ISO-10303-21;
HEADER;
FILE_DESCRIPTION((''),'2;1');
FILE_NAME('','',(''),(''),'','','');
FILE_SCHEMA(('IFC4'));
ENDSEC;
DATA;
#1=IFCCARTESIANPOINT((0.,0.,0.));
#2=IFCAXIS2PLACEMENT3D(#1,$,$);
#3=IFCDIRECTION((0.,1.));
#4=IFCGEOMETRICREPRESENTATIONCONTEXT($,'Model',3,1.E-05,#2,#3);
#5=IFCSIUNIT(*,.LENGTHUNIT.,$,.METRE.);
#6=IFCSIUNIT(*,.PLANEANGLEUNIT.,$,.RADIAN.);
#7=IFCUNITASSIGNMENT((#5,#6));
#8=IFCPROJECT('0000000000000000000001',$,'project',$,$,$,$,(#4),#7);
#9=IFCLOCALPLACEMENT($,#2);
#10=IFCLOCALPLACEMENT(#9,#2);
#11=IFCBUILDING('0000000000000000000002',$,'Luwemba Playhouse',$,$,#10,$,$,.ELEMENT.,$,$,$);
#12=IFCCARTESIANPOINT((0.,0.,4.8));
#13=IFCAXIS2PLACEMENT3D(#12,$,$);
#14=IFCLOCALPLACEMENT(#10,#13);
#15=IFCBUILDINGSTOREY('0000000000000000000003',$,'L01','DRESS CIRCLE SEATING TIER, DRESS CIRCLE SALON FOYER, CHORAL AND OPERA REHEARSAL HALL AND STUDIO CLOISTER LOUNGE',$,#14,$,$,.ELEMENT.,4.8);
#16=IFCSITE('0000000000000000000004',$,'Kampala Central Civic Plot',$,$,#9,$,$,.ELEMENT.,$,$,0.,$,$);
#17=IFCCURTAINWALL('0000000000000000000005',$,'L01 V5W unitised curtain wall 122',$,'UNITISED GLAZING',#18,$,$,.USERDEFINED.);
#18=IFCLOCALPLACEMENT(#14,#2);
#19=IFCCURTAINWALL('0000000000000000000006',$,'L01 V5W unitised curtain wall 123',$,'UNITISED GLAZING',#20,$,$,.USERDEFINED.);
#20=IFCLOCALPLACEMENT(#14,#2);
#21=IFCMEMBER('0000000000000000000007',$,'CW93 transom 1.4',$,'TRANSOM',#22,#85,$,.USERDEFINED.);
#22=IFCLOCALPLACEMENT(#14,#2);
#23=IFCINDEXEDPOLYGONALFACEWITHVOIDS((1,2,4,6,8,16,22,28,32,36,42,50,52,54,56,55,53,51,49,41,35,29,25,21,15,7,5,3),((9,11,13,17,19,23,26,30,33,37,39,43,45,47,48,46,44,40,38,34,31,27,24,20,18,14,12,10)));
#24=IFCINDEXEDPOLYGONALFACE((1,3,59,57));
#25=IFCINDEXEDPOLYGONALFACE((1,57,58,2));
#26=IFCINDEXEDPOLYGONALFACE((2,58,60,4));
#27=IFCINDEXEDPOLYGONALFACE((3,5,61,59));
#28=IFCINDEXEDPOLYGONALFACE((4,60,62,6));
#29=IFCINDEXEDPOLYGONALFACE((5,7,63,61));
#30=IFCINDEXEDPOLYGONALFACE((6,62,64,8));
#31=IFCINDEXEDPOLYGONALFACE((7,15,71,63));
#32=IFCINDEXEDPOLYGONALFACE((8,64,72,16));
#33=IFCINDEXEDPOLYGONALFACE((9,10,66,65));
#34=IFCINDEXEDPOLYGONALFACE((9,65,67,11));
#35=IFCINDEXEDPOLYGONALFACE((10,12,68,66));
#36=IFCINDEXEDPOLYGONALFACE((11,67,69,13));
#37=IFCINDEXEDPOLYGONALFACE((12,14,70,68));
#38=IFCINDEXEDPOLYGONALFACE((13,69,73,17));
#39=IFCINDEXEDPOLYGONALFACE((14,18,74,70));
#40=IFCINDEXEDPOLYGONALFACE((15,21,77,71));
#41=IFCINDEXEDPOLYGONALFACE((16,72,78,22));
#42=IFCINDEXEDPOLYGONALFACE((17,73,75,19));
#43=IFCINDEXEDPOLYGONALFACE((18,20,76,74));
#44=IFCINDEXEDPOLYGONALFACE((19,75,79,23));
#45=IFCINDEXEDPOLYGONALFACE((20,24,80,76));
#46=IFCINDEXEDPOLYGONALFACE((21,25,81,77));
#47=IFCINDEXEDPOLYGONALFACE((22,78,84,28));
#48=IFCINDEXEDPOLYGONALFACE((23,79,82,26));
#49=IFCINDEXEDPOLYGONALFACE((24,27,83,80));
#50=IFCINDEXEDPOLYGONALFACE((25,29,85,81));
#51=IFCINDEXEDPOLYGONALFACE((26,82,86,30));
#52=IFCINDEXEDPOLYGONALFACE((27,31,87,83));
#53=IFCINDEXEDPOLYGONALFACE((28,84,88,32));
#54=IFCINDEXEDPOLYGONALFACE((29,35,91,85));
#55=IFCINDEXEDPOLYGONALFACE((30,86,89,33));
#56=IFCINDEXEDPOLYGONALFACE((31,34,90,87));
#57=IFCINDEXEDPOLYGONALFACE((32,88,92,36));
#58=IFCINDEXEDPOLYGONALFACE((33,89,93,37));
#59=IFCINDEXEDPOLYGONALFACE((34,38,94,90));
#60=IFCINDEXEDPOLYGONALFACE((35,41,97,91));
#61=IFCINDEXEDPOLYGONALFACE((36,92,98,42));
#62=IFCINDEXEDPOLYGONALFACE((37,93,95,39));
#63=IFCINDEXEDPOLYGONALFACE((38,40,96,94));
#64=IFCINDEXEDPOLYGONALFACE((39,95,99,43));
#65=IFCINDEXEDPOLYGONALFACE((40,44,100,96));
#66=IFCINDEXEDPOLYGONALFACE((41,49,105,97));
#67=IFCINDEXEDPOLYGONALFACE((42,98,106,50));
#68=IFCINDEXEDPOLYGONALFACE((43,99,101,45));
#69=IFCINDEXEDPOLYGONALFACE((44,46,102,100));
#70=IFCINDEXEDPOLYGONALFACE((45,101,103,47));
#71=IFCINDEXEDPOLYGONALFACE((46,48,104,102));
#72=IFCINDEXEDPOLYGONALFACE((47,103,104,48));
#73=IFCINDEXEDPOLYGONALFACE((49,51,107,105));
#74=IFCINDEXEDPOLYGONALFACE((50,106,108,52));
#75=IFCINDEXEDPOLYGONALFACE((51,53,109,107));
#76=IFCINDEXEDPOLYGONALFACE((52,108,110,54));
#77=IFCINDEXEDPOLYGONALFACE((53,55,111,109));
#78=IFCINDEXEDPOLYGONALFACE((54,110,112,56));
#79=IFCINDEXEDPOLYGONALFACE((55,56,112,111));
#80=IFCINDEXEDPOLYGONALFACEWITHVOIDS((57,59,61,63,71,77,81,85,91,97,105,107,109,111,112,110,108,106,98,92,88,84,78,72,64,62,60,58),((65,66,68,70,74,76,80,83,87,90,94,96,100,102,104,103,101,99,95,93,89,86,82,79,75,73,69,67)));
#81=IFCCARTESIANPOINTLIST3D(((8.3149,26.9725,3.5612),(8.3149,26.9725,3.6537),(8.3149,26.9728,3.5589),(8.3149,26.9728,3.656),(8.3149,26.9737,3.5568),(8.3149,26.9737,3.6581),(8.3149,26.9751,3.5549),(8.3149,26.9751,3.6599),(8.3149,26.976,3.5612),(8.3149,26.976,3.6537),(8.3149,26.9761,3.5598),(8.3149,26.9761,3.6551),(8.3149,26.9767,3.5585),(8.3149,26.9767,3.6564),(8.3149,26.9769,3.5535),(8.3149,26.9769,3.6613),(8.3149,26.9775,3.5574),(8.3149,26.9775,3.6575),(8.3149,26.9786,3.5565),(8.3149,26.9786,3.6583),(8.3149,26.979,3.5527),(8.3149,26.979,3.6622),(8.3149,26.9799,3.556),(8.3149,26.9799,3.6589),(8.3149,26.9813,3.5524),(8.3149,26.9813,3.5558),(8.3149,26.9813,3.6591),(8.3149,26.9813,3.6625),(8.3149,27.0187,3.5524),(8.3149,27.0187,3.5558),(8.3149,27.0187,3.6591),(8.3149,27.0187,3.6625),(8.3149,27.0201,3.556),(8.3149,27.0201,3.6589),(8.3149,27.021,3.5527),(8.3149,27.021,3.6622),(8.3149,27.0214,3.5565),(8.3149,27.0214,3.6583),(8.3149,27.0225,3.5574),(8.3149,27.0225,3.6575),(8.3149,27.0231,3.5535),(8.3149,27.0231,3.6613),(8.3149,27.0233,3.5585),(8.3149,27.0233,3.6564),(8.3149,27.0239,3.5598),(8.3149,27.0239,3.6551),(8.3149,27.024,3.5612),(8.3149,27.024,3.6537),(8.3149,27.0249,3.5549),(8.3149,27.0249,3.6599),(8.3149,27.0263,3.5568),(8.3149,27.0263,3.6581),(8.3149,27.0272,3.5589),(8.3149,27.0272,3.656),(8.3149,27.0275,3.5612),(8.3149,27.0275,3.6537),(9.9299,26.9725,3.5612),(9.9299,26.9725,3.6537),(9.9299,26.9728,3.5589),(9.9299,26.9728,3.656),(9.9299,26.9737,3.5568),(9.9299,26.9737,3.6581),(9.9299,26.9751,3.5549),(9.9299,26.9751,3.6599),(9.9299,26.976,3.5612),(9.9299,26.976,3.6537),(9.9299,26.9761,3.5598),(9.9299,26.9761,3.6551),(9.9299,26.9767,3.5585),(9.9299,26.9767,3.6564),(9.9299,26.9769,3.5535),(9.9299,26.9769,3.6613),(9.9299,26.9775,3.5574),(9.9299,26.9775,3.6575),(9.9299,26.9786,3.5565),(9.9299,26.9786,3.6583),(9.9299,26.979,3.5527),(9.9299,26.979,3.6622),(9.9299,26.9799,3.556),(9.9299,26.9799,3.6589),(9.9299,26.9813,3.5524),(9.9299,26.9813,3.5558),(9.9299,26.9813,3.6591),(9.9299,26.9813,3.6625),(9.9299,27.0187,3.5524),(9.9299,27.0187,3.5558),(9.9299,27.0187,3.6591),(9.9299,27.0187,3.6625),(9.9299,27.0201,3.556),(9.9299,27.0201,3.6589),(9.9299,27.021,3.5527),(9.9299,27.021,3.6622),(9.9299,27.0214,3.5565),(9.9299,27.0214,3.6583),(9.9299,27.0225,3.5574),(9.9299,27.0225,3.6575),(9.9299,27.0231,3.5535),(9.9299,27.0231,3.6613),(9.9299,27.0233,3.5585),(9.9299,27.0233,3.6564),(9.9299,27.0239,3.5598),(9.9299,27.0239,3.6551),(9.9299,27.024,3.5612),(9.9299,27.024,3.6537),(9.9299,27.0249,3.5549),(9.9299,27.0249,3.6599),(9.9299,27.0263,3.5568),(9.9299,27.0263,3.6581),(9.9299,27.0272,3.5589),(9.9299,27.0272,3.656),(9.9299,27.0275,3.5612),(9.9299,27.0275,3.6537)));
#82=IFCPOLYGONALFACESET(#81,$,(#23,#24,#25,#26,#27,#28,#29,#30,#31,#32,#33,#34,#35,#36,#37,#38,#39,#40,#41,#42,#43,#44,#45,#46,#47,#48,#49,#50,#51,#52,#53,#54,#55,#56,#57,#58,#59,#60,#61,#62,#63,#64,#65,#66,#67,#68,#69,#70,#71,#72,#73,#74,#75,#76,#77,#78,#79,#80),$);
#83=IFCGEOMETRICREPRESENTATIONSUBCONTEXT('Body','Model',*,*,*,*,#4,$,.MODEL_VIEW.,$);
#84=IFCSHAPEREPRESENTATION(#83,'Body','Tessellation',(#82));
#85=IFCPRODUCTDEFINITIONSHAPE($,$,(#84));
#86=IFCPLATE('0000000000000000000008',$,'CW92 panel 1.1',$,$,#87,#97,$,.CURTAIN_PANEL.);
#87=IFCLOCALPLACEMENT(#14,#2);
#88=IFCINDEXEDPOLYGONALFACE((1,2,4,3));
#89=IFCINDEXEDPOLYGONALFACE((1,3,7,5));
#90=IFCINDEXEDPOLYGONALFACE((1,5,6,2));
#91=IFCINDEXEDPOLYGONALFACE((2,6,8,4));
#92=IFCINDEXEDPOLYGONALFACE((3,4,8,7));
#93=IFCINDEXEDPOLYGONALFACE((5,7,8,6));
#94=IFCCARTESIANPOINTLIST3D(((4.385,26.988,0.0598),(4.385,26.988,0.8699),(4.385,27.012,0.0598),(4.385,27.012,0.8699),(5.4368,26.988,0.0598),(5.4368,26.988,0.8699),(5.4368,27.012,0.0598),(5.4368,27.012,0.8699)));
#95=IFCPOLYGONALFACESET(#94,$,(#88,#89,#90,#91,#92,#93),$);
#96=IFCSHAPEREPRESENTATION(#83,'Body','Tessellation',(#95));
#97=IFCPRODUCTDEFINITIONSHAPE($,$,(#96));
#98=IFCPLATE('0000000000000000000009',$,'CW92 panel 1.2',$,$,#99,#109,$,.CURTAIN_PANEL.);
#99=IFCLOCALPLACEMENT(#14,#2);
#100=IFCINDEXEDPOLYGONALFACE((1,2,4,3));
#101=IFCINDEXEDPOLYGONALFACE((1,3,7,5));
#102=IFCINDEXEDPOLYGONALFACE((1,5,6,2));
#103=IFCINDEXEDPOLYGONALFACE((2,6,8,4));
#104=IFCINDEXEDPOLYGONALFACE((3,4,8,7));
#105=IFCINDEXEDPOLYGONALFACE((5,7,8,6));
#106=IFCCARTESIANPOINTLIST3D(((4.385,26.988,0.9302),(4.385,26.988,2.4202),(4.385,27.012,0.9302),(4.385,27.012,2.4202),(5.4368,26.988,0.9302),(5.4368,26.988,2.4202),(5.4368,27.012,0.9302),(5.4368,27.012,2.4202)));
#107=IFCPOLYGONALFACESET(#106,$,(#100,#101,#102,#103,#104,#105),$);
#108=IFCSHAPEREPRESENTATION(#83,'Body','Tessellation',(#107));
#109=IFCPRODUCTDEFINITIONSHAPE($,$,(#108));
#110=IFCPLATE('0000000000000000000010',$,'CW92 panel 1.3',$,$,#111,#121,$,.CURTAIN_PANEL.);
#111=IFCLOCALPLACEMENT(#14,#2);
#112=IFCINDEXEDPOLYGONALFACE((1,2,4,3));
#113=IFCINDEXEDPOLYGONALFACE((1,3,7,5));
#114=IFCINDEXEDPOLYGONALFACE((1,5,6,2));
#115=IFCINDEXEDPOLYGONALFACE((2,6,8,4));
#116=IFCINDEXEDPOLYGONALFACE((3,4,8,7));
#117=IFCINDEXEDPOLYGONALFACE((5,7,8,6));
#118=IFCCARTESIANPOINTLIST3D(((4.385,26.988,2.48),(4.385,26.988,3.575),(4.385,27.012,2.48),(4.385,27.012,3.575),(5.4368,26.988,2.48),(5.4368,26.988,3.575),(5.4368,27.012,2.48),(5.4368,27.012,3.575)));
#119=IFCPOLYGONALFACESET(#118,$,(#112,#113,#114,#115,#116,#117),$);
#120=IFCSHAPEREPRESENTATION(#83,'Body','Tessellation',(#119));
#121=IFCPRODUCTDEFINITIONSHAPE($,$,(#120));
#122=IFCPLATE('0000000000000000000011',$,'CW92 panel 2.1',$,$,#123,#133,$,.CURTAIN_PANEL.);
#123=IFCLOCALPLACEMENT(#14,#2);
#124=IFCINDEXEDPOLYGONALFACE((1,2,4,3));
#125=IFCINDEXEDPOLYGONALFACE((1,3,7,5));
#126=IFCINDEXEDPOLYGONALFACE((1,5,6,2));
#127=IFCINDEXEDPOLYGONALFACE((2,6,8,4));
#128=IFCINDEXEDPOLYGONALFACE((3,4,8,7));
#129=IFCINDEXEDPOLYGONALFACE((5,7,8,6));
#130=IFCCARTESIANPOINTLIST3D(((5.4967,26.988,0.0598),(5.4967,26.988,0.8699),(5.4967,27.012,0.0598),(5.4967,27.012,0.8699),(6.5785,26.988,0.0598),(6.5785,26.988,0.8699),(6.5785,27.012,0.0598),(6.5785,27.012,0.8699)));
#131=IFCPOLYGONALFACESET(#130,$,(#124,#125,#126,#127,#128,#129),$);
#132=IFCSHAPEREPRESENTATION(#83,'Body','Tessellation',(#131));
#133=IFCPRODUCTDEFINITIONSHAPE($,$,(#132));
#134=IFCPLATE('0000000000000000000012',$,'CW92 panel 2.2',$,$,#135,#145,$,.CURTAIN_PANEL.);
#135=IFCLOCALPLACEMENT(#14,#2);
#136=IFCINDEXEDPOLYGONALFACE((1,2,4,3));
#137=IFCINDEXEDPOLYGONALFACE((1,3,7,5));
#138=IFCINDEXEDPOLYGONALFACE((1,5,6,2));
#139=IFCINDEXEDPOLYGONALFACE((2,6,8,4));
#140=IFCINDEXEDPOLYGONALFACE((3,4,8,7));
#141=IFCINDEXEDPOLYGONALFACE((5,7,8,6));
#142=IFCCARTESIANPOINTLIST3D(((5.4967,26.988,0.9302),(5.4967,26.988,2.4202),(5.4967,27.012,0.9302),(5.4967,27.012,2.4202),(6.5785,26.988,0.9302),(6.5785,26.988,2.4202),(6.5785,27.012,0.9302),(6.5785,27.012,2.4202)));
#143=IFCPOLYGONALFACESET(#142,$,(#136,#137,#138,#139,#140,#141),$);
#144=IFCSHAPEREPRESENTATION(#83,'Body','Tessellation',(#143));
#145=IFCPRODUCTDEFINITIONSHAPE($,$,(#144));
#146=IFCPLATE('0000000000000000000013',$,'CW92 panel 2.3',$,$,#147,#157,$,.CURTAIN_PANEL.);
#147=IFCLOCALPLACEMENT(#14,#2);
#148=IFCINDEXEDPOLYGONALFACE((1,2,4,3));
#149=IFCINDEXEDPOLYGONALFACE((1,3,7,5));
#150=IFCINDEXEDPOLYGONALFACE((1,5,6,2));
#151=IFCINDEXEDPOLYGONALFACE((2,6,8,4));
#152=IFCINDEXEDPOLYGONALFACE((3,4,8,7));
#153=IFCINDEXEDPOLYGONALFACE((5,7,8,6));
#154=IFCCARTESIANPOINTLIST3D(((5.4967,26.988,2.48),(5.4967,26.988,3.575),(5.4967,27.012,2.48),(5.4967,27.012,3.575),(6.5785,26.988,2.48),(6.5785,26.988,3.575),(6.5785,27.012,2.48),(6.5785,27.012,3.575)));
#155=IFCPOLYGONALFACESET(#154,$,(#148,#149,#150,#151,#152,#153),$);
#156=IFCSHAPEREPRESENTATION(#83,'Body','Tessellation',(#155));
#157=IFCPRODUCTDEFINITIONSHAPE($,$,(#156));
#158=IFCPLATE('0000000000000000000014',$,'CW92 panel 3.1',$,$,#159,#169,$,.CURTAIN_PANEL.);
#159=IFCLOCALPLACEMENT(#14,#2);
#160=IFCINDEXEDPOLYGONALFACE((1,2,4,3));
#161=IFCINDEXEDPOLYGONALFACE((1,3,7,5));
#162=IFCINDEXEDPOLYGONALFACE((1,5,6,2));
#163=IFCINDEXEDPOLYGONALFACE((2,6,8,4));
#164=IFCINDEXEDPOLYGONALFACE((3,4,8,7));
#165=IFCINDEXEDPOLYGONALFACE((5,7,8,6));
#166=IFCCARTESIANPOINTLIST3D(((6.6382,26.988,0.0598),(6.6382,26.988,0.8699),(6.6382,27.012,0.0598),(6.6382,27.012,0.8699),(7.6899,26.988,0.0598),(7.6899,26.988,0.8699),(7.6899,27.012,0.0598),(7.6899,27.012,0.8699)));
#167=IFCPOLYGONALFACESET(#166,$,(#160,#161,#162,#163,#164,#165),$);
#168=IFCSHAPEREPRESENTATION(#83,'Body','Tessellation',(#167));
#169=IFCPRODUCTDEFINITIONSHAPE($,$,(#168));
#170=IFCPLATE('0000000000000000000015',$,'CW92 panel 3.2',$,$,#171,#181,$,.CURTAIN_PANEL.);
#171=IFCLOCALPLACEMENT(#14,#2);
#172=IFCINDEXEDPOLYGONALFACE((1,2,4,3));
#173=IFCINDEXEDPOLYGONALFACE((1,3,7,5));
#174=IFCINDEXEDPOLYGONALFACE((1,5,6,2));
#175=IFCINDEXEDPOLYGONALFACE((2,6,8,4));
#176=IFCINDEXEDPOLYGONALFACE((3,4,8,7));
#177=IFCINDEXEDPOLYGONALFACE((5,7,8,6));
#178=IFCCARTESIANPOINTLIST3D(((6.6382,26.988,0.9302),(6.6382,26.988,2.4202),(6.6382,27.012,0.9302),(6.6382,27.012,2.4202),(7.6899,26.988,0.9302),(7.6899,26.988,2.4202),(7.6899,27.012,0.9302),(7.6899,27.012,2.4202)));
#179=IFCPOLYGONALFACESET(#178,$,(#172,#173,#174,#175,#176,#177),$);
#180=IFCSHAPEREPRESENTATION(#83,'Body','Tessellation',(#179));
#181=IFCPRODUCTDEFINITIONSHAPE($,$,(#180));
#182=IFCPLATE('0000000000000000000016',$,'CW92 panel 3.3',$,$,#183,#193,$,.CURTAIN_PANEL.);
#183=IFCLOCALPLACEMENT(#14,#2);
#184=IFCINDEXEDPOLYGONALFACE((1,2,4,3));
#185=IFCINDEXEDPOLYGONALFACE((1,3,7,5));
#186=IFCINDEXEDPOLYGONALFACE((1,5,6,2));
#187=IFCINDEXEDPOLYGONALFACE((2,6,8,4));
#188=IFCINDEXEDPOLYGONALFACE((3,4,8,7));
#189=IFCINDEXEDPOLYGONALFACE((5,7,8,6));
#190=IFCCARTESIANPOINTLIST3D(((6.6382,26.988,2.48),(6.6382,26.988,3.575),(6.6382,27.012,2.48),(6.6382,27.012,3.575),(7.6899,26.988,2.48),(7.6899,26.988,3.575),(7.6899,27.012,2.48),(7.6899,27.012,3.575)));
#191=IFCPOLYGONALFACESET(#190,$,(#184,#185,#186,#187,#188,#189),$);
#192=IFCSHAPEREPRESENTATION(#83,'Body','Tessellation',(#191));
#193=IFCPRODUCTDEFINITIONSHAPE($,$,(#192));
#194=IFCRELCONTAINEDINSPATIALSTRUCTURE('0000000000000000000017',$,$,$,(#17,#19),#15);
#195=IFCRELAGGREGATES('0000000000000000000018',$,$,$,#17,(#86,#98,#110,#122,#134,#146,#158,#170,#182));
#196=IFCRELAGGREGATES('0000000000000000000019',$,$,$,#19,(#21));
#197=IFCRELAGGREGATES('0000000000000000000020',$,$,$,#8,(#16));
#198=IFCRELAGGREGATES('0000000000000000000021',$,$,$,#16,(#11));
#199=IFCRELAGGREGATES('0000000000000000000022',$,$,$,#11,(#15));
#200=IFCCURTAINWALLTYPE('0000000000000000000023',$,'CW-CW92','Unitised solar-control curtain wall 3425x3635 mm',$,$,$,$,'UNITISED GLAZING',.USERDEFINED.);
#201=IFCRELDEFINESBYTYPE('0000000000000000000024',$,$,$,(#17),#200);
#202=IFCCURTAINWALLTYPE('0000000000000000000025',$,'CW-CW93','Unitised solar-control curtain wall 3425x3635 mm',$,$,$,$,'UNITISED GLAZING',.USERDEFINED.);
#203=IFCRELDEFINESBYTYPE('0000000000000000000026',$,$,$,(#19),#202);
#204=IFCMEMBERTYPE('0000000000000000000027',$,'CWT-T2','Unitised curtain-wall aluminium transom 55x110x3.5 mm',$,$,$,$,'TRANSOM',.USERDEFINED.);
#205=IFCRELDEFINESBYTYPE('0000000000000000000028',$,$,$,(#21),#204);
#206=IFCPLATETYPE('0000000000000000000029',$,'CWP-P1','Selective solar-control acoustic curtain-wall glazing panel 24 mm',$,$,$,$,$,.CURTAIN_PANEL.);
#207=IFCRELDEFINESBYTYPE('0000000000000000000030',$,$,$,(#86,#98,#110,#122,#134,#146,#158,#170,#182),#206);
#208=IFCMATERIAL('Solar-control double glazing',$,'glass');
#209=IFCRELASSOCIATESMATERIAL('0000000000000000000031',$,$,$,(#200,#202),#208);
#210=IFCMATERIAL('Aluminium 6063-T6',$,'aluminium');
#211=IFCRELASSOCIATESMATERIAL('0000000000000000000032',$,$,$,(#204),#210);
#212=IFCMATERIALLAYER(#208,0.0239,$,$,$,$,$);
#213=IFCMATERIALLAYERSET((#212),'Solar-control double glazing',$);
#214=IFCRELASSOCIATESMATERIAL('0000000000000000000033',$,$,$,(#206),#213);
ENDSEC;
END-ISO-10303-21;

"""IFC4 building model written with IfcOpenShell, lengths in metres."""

from ifc_helpers import new_model, si_unit, direction, frame, origin, origin_2d, place, context, subcontext, project, spatial, rectangle, hollow_rectangle, extrude, material, layer, layer_set, material_profile, profile_set, type_object, element, aggregate, save


model = new_model("IFC4")

# Units and contexts
model_context = context("Model", 3, precision=1e-05, world=origin(), true_north=direction((0.0, 1.0)))
body_context = subcontext(model_context, "Body", "Model", "MODEL_VIEW")
ifc_project = project(units=[si_unit("LENGTHUNIT", "METRE"), si_unit("PLANEANGLEUNIT", "RADIAN")], contexts=[model_context])

# Site, building, storey
site_placement = place(None, origin())
site = spatial("IfcSite", under=ifc_project, at=site_placement, Name="Kampala Central Civic Plot", CompositionType="ELEMENT", RefElevation=0.0)
building_placement = place(site_placement, origin())
building = spatial("IfcBuilding", under=site, at=building_placement, Name="Luwemba Playhouse", CompositionType="ELEMENT")
storey_placement = place(building_placement, frame((0.0, 0.0, 4.8)))
storey = spatial("IfcBuildingStorey", under=building, at=storey_placement, Name="L01", Description="DRESS CIRCLE SEATING TIER, DRESS CIRCLE SALON FOYER, CHORAL AND OPERA REHEARSAL HALL AND STUDIO CLOISTER LOUNGE", CompositionType="ELEMENT", Elevation=4.8)

# Curtain wall
ifc_material_1 = material(Name="Solar-control double glazing", Category="glass")
curtain_wall_type_1 = type_object("IfcCurtainWallType", Name="CW-CW92", Description="Unitised solar-control curtain wall 3425x3635 mm", ElementType="UNITISED GLAZING", PredefinedType="USERDEFINED", material=ifc_material_1)
curtain_wall_1_placement = place(storey_placement, origin())
curtain_wall_1 = element("IfcCurtainWall", 1, at=curtain_wall_1_placement, inside=storey, type_object=curtain_wall_type_1, Name="L01 V5W unitised curtain wall 122", ObjectType="UNITISED GLAZING", PredefinedType="USERDEFINED")
ifc_material_2 = material(Name="Aluminium 6063-T6", Category="aluminium")

# Curtain wall
curtain_wall_type_2 = type_object("IfcCurtainWallType", Name="CW-CW93", Description="Unitised solar-control curtain wall 3425x3635 mm", ElementType="UNITISED GLAZING", PredefinedType="USERDEFINED", material=ifc_material_1)
curtain_wall_2_placement = place(storey_placement, origin())
curtain_wall_2 = element("IfcCurtainWall", 2, at=curtain_wall_2_placement, inside=storey, type_object=curtain_wall_type_2, Name="L01 V5W unitised curtain wall 123", ObjectType="UNITISED GLAZING", PredefinedType="USERDEFINED")

# Member
ifc_material_profile_1 = material_profile(ifc_material_2, hollow_rectangle(XDim=0.0549, YDim=0.1101, WallThickness=0.0034, InnerFilletRadius=0.0054, OuterFilletRadius=0.0088, at=origin_2d()))
ifc_profile_set_1 = profile_set([ifc_material_profile_1], Name="Aluminium 6063-T6")
member_type_1 = type_object("IfcMemberType", Name="CWT-T2", Description="Unitised curtain-wall aluminium transom 55x110x3.5 mm", ElementType="TRANSOM", PredefinedType="USERDEFINED", material=ifc_profile_set_1)
member_1_placement = place(storey_placement, frame((8.3149, 27.0, 3.6074), z_axis=(1.0, 0.0, 0.0), x_axis=(0.0, 1.0, 0.0)))
member_1 = element("IfcMember", 3, at=member_1_placement, type_object=member_type_1, Name="CW93 transom 1.4", ObjectType="TRANSOM", PredefinedType="USERDEFINED", context=body_context, shape_type="SweptSolid", body=[
    extrude(hollow_rectangle(XDim=0.0549, YDim=0.1101, WallThickness=0.0034, InnerFilletRadius=0.0054, OuterFilletRadius=0.0088, at=origin_2d()), origin(), (0.0, 0.0, 1.0), 1.615),
])

# Plates
ifc_layer_1 = layer(ifc_material_1, 0.0239)
ifc_layer_set_1 = layer_set([ifc_layer_1], Name="Solar-control double glazing")
plate_type_1 = type_object("IfcPlateType", Name="CWP-P1", Description="Selective solar-control acoustic curtain-wall glazing panel 24 mm", PredefinedType="CURTAIN_PANEL", material=ifc_layer_set_1)
plate_1_placement = place(storey_placement, frame((4.9109, 27.0, 0.0598), z_axis=(0.0, 0.0, 1.0), x_axis=(1.0, 0.0, 0.0)))
plate_1 = element("IfcPlate", 4, at=plate_1_placement, type_object=plate_type_1, Name="CW92 panel 1.1", PredefinedType="CURTAIN_PANEL", context=body_context, shape_type="SweptSolid", body=[
    extrude(rectangle(XDim=1.0518, YDim=0.0239, at=origin_2d()), origin(), (0.0, 0.0, 1.0), 0.8101),
])
plate_2_placement = place(storey_placement, frame((4.9109, 27.0, 0.9302), z_axis=(0.0, 0.0, 1.0), x_axis=(1.0, 0.0, 0.0)))
plate_2 = element("IfcPlate", 5, at=plate_2_placement, type_object=plate_type_1, Name="CW92 panel 1.2", PredefinedType="CURTAIN_PANEL", context=body_context, shape_type="SweptSolid", body=[
    extrude(rectangle(XDim=1.0518, YDim=0.0239, at=origin_2d()), origin(), (0.0, 0.0, 1.0), 1.49),
])
plate_3_placement = place(storey_placement, frame((4.9109, 27.0, 2.48), z_axis=(0.0, 0.0, 1.0), x_axis=(1.0, 0.0, 0.0)))
plate_3 = element("IfcPlate", 6, at=plate_3_placement, type_object=plate_type_1, Name="CW92 panel 1.3", PredefinedType="CURTAIN_PANEL", context=body_context, shape_type="SweptSolid", body=[
    extrude(rectangle(XDim=1.0518, YDim=0.0239, at=origin_2d()), origin(), (0.0, 0.0, 1.0), 1.095),
])
plate_4_placement = place(storey_placement, frame((6.0376, 27.0, 0.0598), z_axis=(0.0, 0.0, 1.0), x_axis=(1.0, 0.0, 0.0)))
plate_4 = element("IfcPlate", 7, at=plate_4_placement, type_object=plate_type_1, Name="CW92 panel 2.1", PredefinedType="CURTAIN_PANEL", context=body_context, shape_type="SweptSolid", body=[
    extrude(rectangle(XDim=1.0818, YDim=0.0239, at=origin_2d()), origin(), (0.0, 0.0, 1.0), 0.8101),
])
plate_5_placement = place(storey_placement, frame((6.0376, 27.0, 0.9302), z_axis=(0.0, 0.0, 1.0), x_axis=(1.0, 0.0, 0.0)))
plate_5 = element("IfcPlate", 8, at=plate_5_placement, type_object=plate_type_1, Name="CW92 panel 2.2", PredefinedType="CURTAIN_PANEL", context=body_context, shape_type="SweptSolid", body=[
    extrude(rectangle(XDim=1.0818, YDim=0.0239, at=origin_2d()), origin(), (0.0, 0.0, 1.0), 1.49),
])
plate_6_placement = place(storey_placement, frame((6.0376, 27.0, 2.48), z_axis=(0.0, 0.0, 1.0), x_axis=(1.0, 0.0, 0.0)))
plate_6 = element("IfcPlate", 9, at=plate_6_placement, type_object=plate_type_1, Name="CW92 panel 2.3", PredefinedType="CURTAIN_PANEL", context=body_context, shape_type="SweptSolid", body=[
    extrude(rectangle(XDim=1.0818, YDim=0.0239, at=origin_2d()), origin(), (0.0, 0.0, 1.0), 1.095),
])
plate_7_placement = place(storey_placement, frame((7.1641, 27.0, 0.0598), z_axis=(0.0, 0.0, 1.0), x_axis=(1.0, 0.0, 0.0)))
plate_7 = element("IfcPlate", 10, at=plate_7_placement, type_object=plate_type_1, Name="CW92 panel 3.1", PredefinedType="CURTAIN_PANEL", context=body_context, shape_type="SweptSolid", body=[
    extrude(rectangle(XDim=1.0518, YDim=0.0239, at=origin_2d()), origin(), (0.0, 0.0, 1.0), 0.8101),
])
plate_8_placement = place(storey_placement, frame((7.1641, 27.0, 0.9302), z_axis=(0.0, 0.0, 1.0), x_axis=(1.0, 0.0, 0.0)))
plate_8 = element("IfcPlate", 11, at=plate_8_placement, type_object=plate_type_1, Name="CW92 panel 3.2", PredefinedType="CURTAIN_PANEL", context=body_context, shape_type="SweptSolid", body=[
    extrude(rectangle(XDim=1.0518, YDim=0.0239, at=origin_2d()), origin(), (0.0, 0.0, 1.0), 1.49),
])
plate_9_placement = place(storey_placement, frame((7.1641, 27.0, 2.48), z_axis=(0.0, 0.0, 1.0), x_axis=(1.0, 0.0, 0.0)))
plate_9 = element("IfcPlate", 12, at=plate_9_placement, type_object=plate_type_1, Name="CW92 panel 3.3", PredefinedType="CURTAIN_PANEL", context=body_context, shape_type="SweptSolid", body=[
    extrude(rectangle(XDim=1.0518, YDim=0.0239, at=origin_2d()), origin(), (0.0, 0.0, 1.0), 1.095),
])
aggregate(curtain_wall_1, [plate_1, plate_2, plate_3, plate_4, plate_5, plate_6, plate_7, plate_8, plate_9])
aggregate(curtain_wall_2, [member_1])

save(model, "model.ifc")
